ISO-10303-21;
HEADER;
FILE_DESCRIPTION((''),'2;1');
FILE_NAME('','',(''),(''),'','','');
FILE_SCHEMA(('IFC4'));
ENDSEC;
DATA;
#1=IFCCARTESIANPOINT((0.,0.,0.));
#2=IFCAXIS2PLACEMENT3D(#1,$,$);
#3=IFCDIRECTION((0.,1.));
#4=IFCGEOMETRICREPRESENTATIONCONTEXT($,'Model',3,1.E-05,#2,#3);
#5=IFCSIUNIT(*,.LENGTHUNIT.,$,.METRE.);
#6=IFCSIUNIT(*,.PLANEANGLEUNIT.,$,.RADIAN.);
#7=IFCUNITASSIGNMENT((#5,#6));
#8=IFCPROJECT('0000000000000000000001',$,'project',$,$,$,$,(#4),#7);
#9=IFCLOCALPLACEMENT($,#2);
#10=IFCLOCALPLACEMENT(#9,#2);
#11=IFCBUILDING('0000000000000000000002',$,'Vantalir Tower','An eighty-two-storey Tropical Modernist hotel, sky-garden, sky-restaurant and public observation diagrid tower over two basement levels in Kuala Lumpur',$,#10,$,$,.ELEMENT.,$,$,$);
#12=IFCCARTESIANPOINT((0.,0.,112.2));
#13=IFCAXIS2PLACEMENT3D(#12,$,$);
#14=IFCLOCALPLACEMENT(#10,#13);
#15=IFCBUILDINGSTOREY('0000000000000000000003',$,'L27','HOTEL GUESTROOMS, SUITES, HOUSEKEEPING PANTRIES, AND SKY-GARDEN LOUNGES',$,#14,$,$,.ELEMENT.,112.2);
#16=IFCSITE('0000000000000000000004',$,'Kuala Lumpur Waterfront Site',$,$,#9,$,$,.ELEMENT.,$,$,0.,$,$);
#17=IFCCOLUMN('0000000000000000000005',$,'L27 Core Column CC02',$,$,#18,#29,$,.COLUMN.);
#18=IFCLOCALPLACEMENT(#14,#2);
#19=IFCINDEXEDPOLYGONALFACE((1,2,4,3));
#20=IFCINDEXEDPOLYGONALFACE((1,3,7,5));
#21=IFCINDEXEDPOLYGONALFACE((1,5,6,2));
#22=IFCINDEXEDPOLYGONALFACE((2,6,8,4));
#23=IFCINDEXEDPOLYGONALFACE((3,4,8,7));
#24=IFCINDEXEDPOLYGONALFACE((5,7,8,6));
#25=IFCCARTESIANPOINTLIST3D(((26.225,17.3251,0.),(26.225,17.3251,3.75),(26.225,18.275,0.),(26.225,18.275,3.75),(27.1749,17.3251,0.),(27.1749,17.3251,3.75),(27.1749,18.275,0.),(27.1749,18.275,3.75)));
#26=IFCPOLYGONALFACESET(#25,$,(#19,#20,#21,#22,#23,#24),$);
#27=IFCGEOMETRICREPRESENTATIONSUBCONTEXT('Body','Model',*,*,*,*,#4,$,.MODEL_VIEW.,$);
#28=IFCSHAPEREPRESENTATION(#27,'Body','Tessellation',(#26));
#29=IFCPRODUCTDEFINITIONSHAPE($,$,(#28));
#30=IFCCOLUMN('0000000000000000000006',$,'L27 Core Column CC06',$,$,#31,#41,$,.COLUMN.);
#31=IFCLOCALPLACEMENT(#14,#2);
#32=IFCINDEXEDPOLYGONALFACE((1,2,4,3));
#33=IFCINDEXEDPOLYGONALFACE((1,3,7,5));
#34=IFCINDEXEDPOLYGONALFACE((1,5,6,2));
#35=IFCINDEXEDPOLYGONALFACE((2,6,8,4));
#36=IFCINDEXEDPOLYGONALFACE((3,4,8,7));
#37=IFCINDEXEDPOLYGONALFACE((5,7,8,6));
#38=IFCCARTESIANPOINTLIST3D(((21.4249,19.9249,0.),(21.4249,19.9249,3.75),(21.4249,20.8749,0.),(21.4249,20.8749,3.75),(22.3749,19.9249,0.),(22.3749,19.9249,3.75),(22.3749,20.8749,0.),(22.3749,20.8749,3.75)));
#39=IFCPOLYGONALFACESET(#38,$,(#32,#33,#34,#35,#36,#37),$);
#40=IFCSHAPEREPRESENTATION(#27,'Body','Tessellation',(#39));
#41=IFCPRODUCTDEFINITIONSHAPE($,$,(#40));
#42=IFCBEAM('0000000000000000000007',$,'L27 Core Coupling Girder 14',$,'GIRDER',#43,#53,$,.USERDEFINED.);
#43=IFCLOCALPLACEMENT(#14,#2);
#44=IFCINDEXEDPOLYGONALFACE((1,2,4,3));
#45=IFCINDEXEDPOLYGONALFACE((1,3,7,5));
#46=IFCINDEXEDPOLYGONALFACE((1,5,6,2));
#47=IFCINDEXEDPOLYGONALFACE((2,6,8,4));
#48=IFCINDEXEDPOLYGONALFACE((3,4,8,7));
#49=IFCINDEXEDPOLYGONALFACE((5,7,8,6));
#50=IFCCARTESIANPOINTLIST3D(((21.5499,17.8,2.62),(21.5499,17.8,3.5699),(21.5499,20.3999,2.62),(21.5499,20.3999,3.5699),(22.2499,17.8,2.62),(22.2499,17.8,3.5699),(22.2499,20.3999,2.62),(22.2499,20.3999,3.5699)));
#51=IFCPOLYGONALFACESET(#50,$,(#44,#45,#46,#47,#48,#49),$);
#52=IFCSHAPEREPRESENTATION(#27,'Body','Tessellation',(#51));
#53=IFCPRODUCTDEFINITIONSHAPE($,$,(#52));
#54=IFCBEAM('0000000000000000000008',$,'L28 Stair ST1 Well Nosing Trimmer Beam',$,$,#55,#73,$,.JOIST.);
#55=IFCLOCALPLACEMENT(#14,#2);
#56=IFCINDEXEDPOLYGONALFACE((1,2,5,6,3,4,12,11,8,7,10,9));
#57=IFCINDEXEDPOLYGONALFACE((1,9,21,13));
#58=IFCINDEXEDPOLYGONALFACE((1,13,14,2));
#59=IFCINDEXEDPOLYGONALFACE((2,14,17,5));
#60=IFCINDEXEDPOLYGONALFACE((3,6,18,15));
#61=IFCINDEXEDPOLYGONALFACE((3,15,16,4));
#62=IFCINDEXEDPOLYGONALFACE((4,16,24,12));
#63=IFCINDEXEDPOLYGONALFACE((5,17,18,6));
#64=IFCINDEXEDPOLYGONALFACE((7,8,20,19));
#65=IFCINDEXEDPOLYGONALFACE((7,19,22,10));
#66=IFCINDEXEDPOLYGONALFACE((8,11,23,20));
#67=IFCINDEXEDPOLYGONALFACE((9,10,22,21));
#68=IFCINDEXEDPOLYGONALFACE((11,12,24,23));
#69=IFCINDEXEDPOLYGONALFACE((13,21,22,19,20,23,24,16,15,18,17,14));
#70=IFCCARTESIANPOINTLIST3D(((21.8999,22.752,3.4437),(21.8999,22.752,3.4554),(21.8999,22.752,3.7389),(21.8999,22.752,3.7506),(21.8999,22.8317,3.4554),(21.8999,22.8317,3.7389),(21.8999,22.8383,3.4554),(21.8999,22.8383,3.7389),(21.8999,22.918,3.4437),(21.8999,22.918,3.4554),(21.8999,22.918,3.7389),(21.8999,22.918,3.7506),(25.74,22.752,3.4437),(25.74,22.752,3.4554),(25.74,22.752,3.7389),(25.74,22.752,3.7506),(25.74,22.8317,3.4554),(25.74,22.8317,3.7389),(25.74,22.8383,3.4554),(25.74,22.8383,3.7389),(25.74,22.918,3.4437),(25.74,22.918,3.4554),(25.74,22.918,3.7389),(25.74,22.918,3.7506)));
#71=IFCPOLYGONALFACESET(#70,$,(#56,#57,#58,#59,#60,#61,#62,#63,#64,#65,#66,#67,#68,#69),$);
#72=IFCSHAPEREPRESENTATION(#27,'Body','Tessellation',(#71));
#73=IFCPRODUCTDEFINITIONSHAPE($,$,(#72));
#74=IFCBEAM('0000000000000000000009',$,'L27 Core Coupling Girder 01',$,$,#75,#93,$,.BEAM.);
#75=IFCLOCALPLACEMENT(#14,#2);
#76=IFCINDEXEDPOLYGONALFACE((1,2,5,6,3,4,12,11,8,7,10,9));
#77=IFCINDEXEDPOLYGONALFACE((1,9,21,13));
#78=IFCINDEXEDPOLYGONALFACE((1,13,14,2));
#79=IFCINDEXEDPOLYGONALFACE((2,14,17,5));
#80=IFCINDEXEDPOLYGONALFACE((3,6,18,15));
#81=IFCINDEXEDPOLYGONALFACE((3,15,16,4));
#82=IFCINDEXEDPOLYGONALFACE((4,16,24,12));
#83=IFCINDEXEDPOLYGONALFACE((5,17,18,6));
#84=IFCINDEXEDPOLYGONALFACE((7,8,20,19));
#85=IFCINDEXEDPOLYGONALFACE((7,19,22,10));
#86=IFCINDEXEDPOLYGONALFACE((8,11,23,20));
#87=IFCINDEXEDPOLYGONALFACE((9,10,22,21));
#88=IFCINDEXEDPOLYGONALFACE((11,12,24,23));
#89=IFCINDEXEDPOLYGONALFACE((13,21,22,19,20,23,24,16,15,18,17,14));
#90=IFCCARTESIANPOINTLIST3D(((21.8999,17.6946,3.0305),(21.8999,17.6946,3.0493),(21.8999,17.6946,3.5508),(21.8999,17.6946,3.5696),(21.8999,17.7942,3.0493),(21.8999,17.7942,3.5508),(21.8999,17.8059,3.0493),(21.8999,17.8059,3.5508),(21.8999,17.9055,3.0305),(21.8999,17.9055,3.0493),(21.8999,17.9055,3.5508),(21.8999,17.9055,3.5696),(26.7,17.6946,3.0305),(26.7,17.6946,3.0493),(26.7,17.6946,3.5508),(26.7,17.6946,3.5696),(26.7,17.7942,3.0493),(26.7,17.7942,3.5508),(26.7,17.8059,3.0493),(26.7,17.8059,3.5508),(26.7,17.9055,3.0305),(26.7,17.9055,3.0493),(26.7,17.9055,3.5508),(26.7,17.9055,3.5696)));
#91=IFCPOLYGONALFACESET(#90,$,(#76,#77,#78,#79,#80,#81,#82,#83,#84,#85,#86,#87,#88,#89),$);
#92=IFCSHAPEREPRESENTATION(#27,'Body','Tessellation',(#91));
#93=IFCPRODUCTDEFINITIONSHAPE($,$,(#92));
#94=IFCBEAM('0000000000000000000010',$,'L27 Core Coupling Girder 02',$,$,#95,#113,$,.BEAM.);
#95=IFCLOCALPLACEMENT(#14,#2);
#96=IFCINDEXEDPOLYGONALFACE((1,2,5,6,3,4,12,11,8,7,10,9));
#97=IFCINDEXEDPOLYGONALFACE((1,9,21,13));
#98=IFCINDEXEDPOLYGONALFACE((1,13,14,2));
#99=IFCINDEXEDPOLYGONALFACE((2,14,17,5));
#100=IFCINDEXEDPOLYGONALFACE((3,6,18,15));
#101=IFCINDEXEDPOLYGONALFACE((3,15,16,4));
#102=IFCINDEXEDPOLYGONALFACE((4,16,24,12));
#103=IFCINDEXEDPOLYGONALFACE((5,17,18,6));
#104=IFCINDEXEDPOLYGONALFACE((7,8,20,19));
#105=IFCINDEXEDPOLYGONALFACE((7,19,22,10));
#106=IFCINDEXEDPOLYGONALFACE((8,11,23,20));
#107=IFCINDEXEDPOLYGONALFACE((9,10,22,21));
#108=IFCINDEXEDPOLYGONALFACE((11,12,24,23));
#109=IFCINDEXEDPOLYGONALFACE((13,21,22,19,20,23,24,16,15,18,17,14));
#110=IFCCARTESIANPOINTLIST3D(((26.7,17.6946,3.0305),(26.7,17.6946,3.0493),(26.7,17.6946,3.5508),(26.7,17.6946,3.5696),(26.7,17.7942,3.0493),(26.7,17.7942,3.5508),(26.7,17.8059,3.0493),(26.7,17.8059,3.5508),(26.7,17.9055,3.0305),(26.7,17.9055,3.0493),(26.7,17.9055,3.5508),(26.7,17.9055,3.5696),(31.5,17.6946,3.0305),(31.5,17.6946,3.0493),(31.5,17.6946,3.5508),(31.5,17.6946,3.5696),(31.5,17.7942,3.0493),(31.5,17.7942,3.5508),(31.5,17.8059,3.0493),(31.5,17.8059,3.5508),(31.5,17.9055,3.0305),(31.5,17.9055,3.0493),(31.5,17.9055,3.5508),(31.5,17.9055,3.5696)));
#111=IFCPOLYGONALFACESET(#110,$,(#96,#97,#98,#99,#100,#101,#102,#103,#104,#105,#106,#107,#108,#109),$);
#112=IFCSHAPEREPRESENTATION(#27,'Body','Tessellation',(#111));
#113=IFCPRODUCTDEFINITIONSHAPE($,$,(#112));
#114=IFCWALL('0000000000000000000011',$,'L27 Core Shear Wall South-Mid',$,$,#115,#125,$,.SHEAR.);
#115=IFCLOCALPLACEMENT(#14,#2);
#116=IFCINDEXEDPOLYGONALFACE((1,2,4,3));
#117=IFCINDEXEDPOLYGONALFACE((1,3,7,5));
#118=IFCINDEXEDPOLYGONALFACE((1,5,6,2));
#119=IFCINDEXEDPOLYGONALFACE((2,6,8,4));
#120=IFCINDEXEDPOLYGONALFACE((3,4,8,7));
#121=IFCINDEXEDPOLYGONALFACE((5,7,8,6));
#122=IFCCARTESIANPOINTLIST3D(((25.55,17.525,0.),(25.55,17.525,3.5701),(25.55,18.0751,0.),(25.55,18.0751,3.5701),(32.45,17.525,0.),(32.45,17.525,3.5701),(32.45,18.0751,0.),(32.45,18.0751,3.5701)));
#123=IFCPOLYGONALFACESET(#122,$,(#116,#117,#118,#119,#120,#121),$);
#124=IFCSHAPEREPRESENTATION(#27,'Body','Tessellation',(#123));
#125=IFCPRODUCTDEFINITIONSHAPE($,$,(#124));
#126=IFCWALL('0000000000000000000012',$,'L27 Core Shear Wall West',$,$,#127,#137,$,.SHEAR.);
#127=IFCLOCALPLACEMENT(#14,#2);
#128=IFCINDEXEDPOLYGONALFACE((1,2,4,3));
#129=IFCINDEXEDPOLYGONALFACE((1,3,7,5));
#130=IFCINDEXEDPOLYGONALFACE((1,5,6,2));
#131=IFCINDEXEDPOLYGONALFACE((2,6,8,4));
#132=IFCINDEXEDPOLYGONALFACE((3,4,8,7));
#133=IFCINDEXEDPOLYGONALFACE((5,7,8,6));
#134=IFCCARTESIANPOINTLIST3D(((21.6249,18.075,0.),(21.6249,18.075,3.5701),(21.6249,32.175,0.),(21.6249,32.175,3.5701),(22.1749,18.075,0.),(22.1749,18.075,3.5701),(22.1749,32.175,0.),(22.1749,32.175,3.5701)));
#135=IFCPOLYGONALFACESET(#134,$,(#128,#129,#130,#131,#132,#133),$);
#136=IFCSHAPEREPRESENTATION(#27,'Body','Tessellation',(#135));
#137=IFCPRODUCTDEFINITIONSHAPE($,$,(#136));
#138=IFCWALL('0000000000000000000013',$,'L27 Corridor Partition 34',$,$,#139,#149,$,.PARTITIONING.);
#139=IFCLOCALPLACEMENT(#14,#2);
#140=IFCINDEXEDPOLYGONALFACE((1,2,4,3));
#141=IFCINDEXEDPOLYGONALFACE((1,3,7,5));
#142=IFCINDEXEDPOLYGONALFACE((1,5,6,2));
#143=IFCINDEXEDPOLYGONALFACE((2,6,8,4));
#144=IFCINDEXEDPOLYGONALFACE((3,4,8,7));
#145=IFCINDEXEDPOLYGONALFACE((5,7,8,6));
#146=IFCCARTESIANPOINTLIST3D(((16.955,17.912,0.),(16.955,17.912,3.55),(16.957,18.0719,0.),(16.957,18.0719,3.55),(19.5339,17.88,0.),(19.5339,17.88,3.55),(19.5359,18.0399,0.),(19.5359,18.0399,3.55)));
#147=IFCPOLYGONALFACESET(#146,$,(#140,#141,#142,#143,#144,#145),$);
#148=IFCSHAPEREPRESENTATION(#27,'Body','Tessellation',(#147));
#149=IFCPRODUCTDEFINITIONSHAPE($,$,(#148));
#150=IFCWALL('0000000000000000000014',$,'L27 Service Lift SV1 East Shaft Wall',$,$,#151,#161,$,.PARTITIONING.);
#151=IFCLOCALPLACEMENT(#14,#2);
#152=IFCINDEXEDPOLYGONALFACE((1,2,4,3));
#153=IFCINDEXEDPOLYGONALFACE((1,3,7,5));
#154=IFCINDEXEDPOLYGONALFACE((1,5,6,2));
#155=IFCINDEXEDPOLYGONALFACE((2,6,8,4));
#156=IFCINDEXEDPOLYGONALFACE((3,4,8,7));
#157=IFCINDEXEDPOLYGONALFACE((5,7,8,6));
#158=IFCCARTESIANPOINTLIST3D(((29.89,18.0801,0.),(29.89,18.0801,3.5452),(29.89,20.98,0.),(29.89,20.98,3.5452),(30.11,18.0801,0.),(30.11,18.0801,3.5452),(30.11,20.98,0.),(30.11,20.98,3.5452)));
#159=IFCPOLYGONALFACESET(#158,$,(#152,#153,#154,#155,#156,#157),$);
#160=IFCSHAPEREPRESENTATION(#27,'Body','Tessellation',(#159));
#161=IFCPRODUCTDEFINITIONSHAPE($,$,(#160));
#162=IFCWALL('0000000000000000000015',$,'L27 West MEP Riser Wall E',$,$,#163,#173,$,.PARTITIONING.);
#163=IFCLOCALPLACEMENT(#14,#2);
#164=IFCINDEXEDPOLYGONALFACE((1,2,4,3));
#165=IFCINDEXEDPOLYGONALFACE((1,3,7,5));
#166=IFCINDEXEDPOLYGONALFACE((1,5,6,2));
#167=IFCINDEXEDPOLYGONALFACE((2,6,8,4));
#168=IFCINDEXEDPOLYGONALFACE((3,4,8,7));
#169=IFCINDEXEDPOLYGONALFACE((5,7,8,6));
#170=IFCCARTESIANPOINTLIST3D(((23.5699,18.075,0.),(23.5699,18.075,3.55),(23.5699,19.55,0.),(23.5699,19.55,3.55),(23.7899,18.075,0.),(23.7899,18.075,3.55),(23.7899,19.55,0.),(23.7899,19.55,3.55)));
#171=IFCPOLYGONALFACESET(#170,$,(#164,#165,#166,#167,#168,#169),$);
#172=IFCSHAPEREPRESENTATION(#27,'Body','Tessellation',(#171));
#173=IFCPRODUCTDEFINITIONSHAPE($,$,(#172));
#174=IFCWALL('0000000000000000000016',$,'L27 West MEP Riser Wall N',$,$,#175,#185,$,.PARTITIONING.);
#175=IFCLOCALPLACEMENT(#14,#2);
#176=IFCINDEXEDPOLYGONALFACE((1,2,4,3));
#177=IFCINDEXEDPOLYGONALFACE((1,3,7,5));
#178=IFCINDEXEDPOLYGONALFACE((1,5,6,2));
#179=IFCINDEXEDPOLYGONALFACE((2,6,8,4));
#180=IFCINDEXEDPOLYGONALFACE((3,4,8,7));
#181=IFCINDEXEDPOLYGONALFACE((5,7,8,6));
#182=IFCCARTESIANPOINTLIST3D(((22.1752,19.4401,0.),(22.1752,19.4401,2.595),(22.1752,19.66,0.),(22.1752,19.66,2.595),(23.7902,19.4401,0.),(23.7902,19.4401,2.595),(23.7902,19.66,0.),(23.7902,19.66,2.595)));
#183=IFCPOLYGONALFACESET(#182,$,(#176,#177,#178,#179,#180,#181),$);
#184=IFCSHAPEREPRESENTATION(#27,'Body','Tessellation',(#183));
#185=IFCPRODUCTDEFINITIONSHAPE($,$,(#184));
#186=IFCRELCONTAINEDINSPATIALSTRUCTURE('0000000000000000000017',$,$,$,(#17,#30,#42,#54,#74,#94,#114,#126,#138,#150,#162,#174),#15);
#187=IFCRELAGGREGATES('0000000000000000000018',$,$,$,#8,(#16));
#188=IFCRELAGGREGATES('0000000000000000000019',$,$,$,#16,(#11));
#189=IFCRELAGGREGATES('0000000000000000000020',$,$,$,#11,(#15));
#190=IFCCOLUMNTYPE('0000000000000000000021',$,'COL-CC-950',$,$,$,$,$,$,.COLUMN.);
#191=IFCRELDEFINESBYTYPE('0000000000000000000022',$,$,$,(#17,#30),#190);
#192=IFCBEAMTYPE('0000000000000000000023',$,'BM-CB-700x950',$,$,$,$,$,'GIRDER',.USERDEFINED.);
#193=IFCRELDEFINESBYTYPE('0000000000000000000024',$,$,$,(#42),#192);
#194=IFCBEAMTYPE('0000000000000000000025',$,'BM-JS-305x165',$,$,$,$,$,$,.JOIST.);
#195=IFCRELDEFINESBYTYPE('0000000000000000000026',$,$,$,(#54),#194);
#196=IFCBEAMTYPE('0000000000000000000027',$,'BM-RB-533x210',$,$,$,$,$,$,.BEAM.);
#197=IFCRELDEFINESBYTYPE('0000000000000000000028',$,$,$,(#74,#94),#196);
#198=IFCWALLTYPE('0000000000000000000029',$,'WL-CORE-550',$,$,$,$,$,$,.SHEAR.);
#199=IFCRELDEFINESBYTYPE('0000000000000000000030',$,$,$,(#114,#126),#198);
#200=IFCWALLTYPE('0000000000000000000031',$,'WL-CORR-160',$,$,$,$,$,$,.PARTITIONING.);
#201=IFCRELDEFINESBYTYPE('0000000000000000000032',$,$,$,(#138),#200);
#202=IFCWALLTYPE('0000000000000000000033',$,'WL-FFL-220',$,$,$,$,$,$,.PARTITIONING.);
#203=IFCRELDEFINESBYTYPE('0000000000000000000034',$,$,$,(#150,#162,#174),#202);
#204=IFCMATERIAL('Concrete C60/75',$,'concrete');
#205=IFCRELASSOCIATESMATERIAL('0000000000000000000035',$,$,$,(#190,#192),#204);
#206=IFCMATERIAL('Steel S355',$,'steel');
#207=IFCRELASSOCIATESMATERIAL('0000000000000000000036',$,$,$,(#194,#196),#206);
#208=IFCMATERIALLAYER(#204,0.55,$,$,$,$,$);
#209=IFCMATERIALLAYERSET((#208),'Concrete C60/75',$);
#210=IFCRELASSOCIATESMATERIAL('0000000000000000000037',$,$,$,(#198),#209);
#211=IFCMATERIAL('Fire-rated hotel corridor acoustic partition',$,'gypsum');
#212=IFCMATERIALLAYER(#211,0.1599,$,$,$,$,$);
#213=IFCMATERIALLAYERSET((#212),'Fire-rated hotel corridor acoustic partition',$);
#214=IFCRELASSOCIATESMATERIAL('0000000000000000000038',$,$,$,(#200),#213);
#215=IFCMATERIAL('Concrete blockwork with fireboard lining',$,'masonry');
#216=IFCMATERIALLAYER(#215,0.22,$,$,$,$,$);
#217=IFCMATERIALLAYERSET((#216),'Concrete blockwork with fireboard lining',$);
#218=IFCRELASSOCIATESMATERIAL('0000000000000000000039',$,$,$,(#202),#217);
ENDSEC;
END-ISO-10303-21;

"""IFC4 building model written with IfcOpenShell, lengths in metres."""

from ifc_helpers import new_model, si_unit, direction, frame, frame_2d, origin, origin_2d, place, context, subcontext, project, spatial, rectangle, i_section, extrude, material, layer, layer_set, material_profile, profile_set, type_object, element, save


model = new_model("IFC4")

# Units and contexts
model_context = context("Model", 3, precision=1e-05, world=origin(), true_north=direction((0.0, 1.0)))
body_context = subcontext(model_context, "Body", "Model", "MODEL_VIEW")
ifc_project = project(units=[si_unit("LENGTHUNIT", "METRE"), si_unit("PLANEANGLEUNIT", "RADIAN")], contexts=[model_context])

# Site, building, storey
site_placement = place(None, origin())
site = spatial("IfcSite", under=ifc_project, at=site_placement, Name="Kuala Lumpur Waterfront Site", CompositionType="ELEMENT", RefElevation=0.0)
building_placement = place(site_placement, origin())
building = spatial("IfcBuilding", under=site, at=building_placement, Name="Vantalir Tower", Description="An eighty-two-storey Tropical Modernist hotel, sky-garden, sky-restaurant and public observation diagrid tower over two basement levels in Kuala Lumpur", CompositionType="ELEMENT")
storey_placement = place(building_placement, frame((0.0, 0.0, 112.2)))
storey = spatial("IfcBuildingStorey", under=building, at=storey_placement, Name="L27", Description="HOTEL GUESTROOMS, SUITES, HOUSEKEEPING PANTRIES, AND SKY-GARDEN LOUNGES", CompositionType="ELEMENT", Elevation=112.2)

# Columns
ifc_material_1 = material(Name="Concrete C60/75", Category="concrete")
ifc_material_profile_1 = material_profile(ifc_material_1, rectangle(XDim=0.95, YDim=0.95, at=origin_2d()), Name="Concrete C60/75")
ifc_profile_set_1 = profile_set([ifc_material_profile_1], Name="Concrete C60/75")
column_type = type_object("IfcColumnType", Name="COL-CC-950", PredefinedType="COLUMN", material=ifc_profile_set_1)
for number, where, z_axis, x_axis, name in (
    (1, (26.7, 17.8, 0.0), (0.0, 0.0, 1.0), (1.0, 0.0, 0.0), "L27 Core Column CC02"),
    (2, (21.8999, 20.3999, 0.0), (0.0, 0.0, 1.0), (1.0, 0.0, 0.0), "L27 Core Column CC06"),
):
    element("IfcColumn", number, at=place(storey_placement, frame(where, z_axis=z_axis, x_axis=x_axis)), inside=storey, type_object=column_type, Name=name, PredefinedType="COLUMN", context=body_context, shape_type="SweptSolid", body=[
        extrude(rectangle(XDim=0.95, YDim=0.95, at=origin_2d()), origin(), (0.0, 0.0, 1.0), 3.75),
    ])

# Beams
ifc_material_profile_2 = material_profile(ifc_material_1, rectangle(XDim=0.7, YDim=0.95, at=origin_2d()), Name="Concrete C60/75")
ifc_profile_set_2 = profile_set([ifc_material_profile_2], Name="Concrete C60/75")
beam_type_1 = type_object("IfcBeamType", Name="BM-CB-700x950", ElementType="GIRDER", PredefinedType="USERDEFINED", material=ifc_profile_set_2)
beam_1_placement = place(storey_placement, frame((21.8999, 20.3999, 3.095), z_axis=(0.0, -1.0, 0.0), x_axis=(1.0, 0.0, 0.0)))
element("IfcBeam", 3, at=beam_1_placement, inside=storey, type_object=beam_type_1, Name="L27 Core Coupling Girder 14", ObjectType="GIRDER", PredefinedType="USERDEFINED", context=body_context, shape_type="SweptSolid", body=[
    extrude(rectangle(XDim=0.7, YDim=0.95, at=origin_2d()), origin(), (0.0, 0.0, 1.0), 2.5999),
])
ifc_material_2 = material(Name="Steel S355", Category="steel")
ifc_material_profile_3 = material_profile(ifc_material_2, i_section(OverallWidth=0.166, OverallDepth=0.3069, WebThickness=0.0066, FlangeThickness=0.0117, at=origin_2d()), Name="Steel S355")
ifc_profile_set_3 = profile_set([ifc_material_profile_3], Name="Steel S355")
beam_type_2 = type_object("IfcBeamType", Name="BM-JS-305x165", PredefinedType="JOIST", material=ifc_profile_set_3)
beam_2_placement = place(storey_placement, frame((21.8999, 22.835, 3.5972), z_axis=(1.0, 0.0, 0.0), x_axis=(0.0, 1.0, 0.0)))
element("IfcBeam", 4, at=beam_2_placement, inside=storey, type_object=beam_type_2, Name="L28 Stair ST1 Well Nosing Trimmer Beam", PredefinedType="JOIST", context=body_context, shape_type="SweptSolid", body=[
    extrude(i_section(OverallWidth=0.166, OverallDepth=0.3069, WebThickness=0.0066, FlangeThickness=0.0117, at=origin_2d()), origin(), (0.0, 0.0, 1.0), 3.8401),
])
ifc_material_profile_4 = material_profile(ifc_material_2, i_section(OverallWidth=0.2109, OverallDepth=0.5391, WebThickness=0.0117, FlangeThickness=0.0188, at=origin_2d()), Name="Steel S355")
ifc_profile_set_4 = profile_set([ifc_material_profile_4], Name="Steel S355")
beam_type_3 = type_object("IfcBeamType", Name="BM-RB-533x210", PredefinedType="BEAM", material=ifc_profile_set_4)
for number, where, z_axis, x_axis, name in (
    (5, (21.8999, 17.8, 3.3), (1.0, 0.0, 0.0), (0.0, 1.0, 0.0), "L27 Core Coupling Girder 01"),
    (6, (26.7, 17.8, 3.3), (1.0, 0.0, 0.0), (0.0, 1.0, 0.0), "L27 Core Coupling Girder 02"),
):
    element("IfcBeam", number, at=place(storey_placement, frame(where, z_axis=z_axis, x_axis=x_axis)), inside=storey, type_object=beam_type_3, Name=name, PredefinedType="BEAM", context=body_context, shape_type="SweptSolid", body=[
        extrude(i_section(OverallWidth=0.2109, OverallDepth=0.5391, WebThickness=0.0117, FlangeThickness=0.0188, at=origin_2d()), origin(), (0.0, 0.0, 1.0), 4.8),
    ])

# Walls
ifc_layer_1 = layer(ifc_material_1, 0.55)
ifc_layer_set_1 = layer_set([ifc_layer_1], Name="Concrete C60/75")
wall_type_1 = type_object("IfcWallType", Name="WL-CORE-550", PredefinedType="SHEAR", material=ifc_layer_set_1)
wall_1_placement = place(storey_placement, frame((25.55, 17.8, 0.0), z_axis=(0.0, 0.0, 1.0), x_axis=(1.0, 0.0, 0.0)))
element("IfcWall", 7, at=wall_1_placement, inside=storey, type_object=wall_type_1, Name="L27 Core Shear Wall South-Mid", PredefinedType="SHEAR", context=body_context, shape_type="SweptSolid", body=[
    extrude(rectangle(XDim=6.8999, YDim=0.55, at=frame_2d((3.45, 0.0))), origin(), (0.0, 0.0, 1.0), 3.5701),
])
wall_2_placement = place(storey_placement, frame((21.8999, 18.075, 0.0), z_axis=(0.0, 0.0, 1.0), x_axis=(0.0, 1.0, 0.0)))
element("IfcWall", 8, at=wall_2_placement, inside=storey, type_object=wall_type_1, Name="L27 Core Shear Wall West", PredefinedType="SHEAR", context=body_context, shape_type="SweptSolid", body=[
    extrude(rectangle(XDim=14.1001, YDim=0.55, at=frame_2d((7.05, 0.0))), origin(), (0.0, 0.0, 1.0), 3.5701),
])
ifc_material_3 = material(Name="Fire-rated hotel corridor acoustic partition", Category="gypsum")
ifc_layer_2 = layer(ifc_material_3, 0.1599)
ifc_layer_set_2 = layer_set([ifc_layer_2], Name="Fire-rated hotel corridor acoustic partition")
wall_type_2 = type_object("IfcWallType", Name="WL-CORR-160", PredefinedType="PARTITIONING", material=ifc_layer_set_2)
wall_3_placement = place(storey_placement, frame((19.5349, 17.96, 0.0), z_axis=(0.0, 0.0, 1.0), x_axis=(-0.999923, 0.012401, 0.0)))
element("IfcWall", 9, at=wall_3_placement, inside=storey, type_object=wall_type_2, Name="L27 Corridor Partition 34", PredefinedType="PARTITIONING", context=body_context, shape_type="SweptSolid", body=[
    extrude(rectangle(XDim=2.5791, YDim=0.1599, at=frame_2d((1.2896, 0.0))), origin(), (0.0, 0.0, 1.0), 3.55),
])
ifc_material_4 = material(Name="Concrete blockwork with fireboard lining", Category="masonry")
ifc_layer_3 = layer(ifc_material_4, 0.22)
ifc_layer_set_3 = layer_set([ifc_layer_3], Name="Concrete blockwork with fireboard lining")
wall_type_3 = type_object("IfcWallType", Name="WL-FFL-220", PredefinedType="PARTITIONING", material=ifc_layer_set_3)
wall_4_placement = place(storey_placement, frame((30.0, 18.0801, 0.0), z_axis=(0.0, 0.0, 1.0), x_axis=(0.0, 1.0, 0.0)))
element("IfcWall", 10, at=wall_4_placement, inside=storey, type_object=wall_type_3, Name="L27 Service Lift SV1 East Shaft Wall", PredefinedType="PARTITIONING", context=body_context, shape_type="SweptSolid", body=[
    extrude(rectangle(XDim=2.8999, YDim=0.22, at=frame_2d((1.45, 0.0))), origin(), (0.0, 0.0, 1.0), 3.5452),
])
wall_5_placement = place(storey_placement, frame((23.6799, 18.075, 0.0), z_axis=(0.0, 0.0, 1.0), x_axis=(0.0, 1.0, 0.0)))
element("IfcWall", 11, at=wall_5_placement, inside=storey, type_object=wall_type_3, Name="L27 West MEP Riser Wall E", PredefinedType="PARTITIONING", context=body_context, shape_type="SweptSolid", body=[
    extrude(rectangle(XDim=1.4751, YDim=0.22, at=frame_2d((0.7375, 0.0))), origin(), (0.0, 0.0, 1.0), 3.55),
])
wall_6_placement = place(storey_placement, frame((22.175, 19.55, 0.0), z_axis=(0.0, 0.0, 1.0), x_axis=(1.0, 0.0, 0.0)))
element("IfcWall", 12, at=wall_6_placement, inside=storey, type_object=wall_type_3, Name="L27 West MEP Riser Wall N", PredefinedType="PARTITIONING", context=body_context, shape_type="SweptSolid", body=[
    extrude(rectangle(XDim=1.615, YDim=0.22, at=frame_2d((0.8076, 0.0))), origin(), (0.0, 0.0, 1.0), 2.595),
])

save(model, "model.ifc")
